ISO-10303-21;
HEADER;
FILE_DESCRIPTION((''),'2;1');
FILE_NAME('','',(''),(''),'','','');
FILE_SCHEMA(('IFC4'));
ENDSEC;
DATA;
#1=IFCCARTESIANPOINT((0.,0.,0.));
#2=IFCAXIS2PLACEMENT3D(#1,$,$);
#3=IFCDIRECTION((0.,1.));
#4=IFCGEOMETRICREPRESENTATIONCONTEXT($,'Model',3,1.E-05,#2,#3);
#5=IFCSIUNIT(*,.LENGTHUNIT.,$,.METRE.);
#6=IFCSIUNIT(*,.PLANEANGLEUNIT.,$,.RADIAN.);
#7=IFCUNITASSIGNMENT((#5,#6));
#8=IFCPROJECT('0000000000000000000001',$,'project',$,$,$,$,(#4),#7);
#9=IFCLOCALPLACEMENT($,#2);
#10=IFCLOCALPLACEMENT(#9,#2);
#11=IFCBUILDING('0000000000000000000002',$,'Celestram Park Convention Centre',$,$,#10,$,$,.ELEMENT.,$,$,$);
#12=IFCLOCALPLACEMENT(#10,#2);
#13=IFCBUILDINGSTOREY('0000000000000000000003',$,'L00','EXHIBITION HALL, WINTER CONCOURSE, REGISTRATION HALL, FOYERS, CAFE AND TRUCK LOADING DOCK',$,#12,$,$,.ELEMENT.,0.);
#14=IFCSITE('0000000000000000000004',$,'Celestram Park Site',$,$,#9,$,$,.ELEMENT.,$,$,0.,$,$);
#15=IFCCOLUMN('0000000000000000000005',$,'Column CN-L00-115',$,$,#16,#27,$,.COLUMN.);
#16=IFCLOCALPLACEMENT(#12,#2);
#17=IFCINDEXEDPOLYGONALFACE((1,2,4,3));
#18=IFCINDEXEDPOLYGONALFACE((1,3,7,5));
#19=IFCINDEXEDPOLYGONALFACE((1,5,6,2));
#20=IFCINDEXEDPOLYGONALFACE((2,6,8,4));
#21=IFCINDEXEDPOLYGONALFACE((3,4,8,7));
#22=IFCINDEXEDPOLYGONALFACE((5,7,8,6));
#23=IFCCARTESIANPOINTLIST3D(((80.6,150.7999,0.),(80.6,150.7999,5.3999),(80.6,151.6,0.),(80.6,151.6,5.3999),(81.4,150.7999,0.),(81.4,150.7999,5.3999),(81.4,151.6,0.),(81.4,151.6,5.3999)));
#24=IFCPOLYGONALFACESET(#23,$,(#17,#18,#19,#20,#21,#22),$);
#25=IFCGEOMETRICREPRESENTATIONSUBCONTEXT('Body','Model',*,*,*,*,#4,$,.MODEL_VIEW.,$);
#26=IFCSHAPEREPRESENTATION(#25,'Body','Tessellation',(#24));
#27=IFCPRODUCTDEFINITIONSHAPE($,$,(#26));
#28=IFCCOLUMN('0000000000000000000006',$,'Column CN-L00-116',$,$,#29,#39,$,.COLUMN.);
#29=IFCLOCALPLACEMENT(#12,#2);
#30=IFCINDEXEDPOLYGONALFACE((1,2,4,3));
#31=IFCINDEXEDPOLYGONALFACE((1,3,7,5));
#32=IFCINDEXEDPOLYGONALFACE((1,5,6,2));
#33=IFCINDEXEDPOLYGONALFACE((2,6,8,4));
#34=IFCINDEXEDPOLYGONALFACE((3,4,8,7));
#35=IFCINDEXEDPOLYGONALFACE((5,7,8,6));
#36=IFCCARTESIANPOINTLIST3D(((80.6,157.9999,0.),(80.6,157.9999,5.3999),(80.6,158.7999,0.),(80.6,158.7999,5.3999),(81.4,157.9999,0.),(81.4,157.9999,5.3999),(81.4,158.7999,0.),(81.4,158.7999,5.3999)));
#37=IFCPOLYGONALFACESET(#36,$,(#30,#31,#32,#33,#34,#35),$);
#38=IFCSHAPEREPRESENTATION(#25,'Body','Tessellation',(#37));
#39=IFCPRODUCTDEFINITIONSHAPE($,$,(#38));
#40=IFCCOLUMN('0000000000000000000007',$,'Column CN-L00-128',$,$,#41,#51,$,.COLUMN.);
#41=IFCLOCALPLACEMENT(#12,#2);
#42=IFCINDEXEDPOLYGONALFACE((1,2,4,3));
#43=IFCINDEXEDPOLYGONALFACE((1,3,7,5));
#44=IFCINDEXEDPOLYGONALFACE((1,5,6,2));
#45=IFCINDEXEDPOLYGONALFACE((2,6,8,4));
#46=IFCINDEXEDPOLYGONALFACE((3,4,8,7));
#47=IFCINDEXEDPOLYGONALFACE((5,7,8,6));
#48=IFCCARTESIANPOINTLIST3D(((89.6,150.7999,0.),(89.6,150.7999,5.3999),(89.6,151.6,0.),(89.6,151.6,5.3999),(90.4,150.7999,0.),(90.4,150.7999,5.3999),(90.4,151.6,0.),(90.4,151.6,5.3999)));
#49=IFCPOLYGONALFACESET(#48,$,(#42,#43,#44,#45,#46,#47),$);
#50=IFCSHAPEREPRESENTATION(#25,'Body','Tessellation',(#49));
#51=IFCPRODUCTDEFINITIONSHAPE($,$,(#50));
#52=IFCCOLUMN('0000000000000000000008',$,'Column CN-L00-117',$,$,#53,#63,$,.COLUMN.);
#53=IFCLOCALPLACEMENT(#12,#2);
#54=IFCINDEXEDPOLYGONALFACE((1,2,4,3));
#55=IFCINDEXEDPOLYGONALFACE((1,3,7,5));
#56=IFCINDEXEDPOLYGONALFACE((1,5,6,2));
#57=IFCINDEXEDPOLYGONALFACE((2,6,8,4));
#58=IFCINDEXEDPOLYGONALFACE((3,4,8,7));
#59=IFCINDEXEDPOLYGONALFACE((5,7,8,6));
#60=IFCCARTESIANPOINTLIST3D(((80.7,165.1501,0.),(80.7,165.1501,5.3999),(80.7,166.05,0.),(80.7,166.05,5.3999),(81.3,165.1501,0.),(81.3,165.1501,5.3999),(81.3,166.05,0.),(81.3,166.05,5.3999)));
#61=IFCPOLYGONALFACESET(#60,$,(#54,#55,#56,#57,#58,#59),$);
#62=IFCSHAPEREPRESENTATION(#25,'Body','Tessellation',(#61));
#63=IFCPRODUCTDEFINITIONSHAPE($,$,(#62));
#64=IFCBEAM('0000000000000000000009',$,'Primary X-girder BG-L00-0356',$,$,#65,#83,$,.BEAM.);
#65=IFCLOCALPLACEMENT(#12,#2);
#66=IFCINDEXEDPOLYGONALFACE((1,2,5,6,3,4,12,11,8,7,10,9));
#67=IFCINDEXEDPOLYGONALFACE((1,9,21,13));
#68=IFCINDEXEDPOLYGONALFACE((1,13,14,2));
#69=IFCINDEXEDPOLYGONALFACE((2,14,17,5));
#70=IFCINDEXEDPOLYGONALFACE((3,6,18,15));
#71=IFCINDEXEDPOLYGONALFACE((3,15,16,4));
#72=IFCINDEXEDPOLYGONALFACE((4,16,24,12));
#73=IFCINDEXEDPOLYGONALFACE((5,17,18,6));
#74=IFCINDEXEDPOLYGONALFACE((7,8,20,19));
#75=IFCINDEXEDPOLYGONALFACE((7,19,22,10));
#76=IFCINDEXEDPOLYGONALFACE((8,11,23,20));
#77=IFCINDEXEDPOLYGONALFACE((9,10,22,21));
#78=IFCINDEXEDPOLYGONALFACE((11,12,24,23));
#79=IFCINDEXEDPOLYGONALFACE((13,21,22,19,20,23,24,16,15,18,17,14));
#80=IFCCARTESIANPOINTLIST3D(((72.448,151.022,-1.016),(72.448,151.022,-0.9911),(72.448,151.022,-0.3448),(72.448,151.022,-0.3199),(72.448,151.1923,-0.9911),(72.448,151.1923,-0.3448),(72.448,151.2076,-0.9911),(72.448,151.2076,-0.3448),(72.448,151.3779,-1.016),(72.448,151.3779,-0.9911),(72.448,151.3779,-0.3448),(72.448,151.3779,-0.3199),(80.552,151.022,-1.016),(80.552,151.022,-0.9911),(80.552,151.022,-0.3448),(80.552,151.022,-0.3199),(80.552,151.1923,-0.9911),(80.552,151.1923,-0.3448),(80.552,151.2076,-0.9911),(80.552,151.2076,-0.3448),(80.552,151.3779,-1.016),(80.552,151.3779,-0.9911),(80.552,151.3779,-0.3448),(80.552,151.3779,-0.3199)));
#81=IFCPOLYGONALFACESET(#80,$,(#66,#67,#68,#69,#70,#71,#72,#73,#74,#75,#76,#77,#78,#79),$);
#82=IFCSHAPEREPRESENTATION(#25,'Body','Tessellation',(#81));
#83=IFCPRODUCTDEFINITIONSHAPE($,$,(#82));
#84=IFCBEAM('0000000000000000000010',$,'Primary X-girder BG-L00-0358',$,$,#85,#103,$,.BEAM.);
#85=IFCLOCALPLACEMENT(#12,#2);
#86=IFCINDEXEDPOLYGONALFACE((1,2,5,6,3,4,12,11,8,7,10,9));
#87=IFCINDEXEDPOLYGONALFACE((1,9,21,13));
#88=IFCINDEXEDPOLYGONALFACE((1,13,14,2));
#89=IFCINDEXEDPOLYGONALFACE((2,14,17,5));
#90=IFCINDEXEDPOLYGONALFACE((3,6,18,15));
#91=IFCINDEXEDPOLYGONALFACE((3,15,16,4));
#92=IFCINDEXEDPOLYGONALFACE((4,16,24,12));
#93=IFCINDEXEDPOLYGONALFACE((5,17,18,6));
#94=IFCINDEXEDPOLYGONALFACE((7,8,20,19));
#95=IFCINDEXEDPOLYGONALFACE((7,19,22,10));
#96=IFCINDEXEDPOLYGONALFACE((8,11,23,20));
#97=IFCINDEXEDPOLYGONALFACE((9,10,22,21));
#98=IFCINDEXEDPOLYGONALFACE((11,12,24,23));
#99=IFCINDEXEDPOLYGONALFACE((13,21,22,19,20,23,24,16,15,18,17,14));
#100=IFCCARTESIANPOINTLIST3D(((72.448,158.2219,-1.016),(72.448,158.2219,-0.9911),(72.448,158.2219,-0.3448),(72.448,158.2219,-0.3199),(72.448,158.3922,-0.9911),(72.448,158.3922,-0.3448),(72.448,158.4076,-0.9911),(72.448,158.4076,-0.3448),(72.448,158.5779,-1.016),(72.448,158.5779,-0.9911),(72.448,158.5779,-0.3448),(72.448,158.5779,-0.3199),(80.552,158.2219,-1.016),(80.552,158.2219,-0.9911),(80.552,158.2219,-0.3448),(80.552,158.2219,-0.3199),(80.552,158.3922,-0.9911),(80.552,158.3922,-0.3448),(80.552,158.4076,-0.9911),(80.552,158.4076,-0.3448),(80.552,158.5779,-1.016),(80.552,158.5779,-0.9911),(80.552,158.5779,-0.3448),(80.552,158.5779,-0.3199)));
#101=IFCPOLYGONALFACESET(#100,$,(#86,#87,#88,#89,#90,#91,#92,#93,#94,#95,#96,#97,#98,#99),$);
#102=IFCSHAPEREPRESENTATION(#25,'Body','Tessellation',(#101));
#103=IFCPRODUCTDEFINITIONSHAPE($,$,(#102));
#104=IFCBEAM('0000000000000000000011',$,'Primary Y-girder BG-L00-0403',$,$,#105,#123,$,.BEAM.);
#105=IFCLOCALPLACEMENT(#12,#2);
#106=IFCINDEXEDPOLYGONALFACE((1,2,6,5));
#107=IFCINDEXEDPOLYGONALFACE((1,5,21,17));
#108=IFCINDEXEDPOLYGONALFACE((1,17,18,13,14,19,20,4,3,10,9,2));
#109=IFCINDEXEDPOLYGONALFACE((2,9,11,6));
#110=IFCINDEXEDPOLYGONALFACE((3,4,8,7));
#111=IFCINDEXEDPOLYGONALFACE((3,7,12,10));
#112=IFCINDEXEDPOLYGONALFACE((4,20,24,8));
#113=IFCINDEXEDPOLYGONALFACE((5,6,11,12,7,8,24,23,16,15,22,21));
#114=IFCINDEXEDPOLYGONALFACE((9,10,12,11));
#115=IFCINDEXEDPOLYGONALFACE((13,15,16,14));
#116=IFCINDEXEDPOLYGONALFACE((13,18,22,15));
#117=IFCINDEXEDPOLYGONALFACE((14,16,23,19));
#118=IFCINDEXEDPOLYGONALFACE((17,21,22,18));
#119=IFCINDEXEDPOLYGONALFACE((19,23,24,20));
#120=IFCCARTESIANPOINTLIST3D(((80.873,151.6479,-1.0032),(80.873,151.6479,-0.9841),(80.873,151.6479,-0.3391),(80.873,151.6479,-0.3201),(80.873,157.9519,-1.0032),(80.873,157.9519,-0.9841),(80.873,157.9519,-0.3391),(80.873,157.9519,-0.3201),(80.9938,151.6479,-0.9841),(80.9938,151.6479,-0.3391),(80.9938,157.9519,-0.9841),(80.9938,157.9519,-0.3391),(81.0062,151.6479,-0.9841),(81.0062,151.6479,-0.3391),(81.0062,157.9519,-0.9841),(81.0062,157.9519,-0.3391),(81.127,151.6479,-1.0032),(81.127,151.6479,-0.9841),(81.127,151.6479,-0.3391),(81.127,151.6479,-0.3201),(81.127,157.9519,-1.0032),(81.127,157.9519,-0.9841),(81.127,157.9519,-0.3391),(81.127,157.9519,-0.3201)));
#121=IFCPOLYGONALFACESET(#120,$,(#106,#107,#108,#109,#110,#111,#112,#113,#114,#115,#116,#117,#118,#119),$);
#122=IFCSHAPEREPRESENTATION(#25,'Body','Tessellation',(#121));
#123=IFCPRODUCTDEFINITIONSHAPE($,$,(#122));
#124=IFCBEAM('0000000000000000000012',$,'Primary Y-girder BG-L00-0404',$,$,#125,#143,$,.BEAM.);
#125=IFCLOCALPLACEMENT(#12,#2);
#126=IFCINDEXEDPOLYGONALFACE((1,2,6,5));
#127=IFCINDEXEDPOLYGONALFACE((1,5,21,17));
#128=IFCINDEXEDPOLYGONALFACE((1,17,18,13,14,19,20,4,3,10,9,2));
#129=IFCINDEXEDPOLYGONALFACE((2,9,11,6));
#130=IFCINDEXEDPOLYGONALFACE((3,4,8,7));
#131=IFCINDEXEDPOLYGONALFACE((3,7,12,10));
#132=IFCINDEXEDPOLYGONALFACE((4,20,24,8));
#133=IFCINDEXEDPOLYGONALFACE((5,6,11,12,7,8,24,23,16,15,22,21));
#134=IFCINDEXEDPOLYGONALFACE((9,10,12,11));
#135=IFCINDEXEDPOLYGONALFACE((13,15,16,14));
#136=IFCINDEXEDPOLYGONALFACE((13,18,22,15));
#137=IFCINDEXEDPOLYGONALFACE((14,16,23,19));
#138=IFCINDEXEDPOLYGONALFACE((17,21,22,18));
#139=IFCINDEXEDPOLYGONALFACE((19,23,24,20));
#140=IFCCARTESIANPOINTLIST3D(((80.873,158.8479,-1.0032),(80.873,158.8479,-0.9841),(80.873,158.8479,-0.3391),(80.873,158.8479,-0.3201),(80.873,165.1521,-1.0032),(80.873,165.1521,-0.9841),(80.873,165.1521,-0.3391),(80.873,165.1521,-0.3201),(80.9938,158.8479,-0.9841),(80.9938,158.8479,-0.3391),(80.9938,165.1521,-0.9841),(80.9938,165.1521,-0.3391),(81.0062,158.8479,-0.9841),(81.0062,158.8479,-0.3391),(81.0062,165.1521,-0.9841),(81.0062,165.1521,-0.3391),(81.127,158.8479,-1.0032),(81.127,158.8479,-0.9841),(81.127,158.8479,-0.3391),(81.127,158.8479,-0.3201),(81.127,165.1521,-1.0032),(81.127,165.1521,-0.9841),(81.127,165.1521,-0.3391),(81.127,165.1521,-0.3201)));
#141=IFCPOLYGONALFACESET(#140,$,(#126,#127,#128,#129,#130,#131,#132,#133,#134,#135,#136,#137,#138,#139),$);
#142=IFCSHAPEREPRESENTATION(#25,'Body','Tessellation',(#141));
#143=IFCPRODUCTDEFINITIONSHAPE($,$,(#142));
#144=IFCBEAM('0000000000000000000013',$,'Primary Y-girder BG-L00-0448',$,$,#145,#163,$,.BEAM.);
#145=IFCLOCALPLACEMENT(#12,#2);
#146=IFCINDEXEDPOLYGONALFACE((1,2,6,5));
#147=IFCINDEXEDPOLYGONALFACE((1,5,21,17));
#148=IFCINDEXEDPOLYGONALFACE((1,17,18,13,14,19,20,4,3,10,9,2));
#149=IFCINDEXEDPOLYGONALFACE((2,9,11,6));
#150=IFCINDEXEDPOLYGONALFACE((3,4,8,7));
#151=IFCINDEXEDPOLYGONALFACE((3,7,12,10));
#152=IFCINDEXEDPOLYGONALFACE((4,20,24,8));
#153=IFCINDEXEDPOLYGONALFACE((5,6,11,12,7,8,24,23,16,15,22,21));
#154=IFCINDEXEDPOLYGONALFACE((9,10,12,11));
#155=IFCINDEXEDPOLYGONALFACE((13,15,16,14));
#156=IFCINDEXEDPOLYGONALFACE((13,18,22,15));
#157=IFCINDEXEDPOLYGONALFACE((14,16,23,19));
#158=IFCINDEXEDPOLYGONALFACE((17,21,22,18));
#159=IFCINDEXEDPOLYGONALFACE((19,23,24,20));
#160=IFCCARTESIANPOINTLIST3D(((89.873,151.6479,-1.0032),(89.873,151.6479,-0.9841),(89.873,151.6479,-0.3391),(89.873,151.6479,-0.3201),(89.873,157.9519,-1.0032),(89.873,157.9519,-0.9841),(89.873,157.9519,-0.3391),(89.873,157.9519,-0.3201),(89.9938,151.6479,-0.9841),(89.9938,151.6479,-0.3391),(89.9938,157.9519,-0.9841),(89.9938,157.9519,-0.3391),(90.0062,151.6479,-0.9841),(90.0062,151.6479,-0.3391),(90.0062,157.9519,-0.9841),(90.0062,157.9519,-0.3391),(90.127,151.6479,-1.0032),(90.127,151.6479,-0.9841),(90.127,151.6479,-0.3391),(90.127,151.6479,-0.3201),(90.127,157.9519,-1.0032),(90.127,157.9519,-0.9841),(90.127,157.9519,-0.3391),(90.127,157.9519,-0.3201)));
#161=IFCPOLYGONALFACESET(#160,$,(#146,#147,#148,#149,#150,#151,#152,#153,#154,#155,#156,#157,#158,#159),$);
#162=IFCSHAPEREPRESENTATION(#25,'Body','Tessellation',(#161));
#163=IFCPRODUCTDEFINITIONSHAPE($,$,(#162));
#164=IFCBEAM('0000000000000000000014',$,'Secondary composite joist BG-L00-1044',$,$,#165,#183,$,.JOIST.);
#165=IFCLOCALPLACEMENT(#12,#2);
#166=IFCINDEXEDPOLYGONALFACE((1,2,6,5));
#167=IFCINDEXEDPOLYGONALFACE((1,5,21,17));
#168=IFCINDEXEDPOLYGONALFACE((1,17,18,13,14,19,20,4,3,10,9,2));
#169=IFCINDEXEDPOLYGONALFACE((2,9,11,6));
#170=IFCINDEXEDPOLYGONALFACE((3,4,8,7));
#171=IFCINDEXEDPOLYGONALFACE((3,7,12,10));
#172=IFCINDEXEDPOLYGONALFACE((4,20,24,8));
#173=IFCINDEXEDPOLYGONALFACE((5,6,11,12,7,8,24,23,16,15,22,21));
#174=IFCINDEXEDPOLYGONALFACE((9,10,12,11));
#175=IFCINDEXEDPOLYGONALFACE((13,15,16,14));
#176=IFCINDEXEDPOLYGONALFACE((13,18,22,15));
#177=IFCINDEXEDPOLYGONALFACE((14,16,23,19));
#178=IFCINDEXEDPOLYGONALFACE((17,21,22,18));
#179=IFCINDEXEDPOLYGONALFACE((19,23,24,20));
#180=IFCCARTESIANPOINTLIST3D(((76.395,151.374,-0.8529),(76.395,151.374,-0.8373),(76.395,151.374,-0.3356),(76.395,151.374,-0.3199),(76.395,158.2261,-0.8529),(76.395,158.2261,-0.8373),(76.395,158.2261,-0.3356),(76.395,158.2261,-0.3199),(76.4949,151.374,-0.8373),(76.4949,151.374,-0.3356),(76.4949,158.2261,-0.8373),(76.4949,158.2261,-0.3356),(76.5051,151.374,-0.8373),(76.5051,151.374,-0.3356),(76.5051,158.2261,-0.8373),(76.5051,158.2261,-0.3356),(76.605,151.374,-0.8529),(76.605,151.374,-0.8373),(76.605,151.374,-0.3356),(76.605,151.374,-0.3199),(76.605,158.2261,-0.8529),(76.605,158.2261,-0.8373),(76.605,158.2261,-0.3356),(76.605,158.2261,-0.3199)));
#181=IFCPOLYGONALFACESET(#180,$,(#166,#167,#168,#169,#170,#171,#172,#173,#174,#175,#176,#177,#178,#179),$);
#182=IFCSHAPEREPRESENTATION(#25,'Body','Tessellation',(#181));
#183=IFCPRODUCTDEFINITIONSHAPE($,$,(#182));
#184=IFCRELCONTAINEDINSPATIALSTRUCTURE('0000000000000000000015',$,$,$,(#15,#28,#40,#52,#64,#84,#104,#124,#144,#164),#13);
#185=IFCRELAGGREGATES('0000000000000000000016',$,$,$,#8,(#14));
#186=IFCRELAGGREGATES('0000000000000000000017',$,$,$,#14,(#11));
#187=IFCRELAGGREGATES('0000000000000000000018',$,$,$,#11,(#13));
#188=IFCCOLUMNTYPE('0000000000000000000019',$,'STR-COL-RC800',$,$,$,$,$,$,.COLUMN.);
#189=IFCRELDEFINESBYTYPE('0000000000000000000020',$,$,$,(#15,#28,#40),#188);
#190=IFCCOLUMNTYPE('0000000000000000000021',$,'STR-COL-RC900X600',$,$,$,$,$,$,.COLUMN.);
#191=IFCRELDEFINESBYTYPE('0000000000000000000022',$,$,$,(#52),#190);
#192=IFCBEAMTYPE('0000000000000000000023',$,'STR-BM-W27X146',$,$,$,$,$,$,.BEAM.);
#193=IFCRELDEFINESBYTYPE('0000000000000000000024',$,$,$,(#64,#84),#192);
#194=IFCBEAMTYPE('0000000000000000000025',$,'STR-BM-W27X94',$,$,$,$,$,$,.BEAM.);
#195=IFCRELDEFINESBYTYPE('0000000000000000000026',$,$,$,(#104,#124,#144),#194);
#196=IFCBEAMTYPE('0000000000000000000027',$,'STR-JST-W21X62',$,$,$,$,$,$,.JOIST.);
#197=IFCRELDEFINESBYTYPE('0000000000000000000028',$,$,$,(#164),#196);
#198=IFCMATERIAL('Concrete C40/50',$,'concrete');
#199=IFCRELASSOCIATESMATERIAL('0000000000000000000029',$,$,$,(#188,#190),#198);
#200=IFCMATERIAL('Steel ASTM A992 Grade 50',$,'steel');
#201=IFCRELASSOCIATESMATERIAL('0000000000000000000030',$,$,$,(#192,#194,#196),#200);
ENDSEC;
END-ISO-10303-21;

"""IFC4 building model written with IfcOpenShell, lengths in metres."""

from ifc_helpers import new_model, si_unit, direction, frame, origin, origin_2d, place, context, subcontext, project, spatial, rectangle, i_section, extrude, material, material_profile, profile_set, type_object, element, save


model = new_model("IFC4")

# Units and contexts
model_context = context("Model", 3, precision=1e-05, world=origin(), true_north=direction((0.0, 1.0)))
body_context = subcontext(model_context, "Body", "Model", "MODEL_VIEW")
ifc_project = project(units=[si_unit("LENGTHUNIT", "METRE"), si_unit("PLANEANGLEUNIT", "RADIAN")], contexts=[model_context])

# Site, building, storey
site_placement = place(None, origin())
site = spatial("IfcSite", under=ifc_project, at=site_placement, Name="Celestram Park Site", CompositionType="ELEMENT", RefElevation=0.0)
building_placement = place(site_placement, origin())
building = spatial("IfcBuilding", under=site, at=building_placement, Name="Celestram Park Convention Centre", CompositionType="ELEMENT")
storey_placement = place(building_placement, origin())
storey = spatial("IfcBuildingStorey", under=building, at=storey_placement, Name="L00", Description="EXHIBITION HALL, WINTER CONCOURSE, REGISTRATION HALL, FOYERS, CAFE AND TRUCK LOADING DOCK", CompositionType="ELEMENT", Elevation=0.0)

# Columns
ifc_material_1 = material(Name="Concrete C40/50", Category="concrete")
ifc_material_profile_1 = material_profile(ifc_material_1, rectangle(XDim=0.8, YDim=0.8, at=origin_2d()), Name="RC800X800")
ifc_profile_set_1 = profile_set([ifc_material_profile_1], Name="Concrete C40/50")
column_type_1 = type_object("IfcColumnType", Name="STR-COL-RC800", PredefinedType="COLUMN", material=ifc_profile_set_1)
for number, where, z_axis, x_axis, name in (
    (1, (81.0, 151.2, 0.0), (0.0, 0.0, 1.0), (1.0, 0.0, 0.0), "Column CN-L00-115"),
    (2, (81.0, 158.3999, 0.0), (0.0, 0.0, 1.0), (1.0, 0.0, 0.0), "Column CN-L00-116"),
    (3, (90.0, 151.2, 0.0), (0.0, 0.0, 1.0), (1.0, 0.0, 0.0), "Column CN-L00-128"),
):
    element("IfcColumn", number, at=place(storey_placement, frame(where, z_axis=z_axis, x_axis=x_axis)), inside=storey, type_object=column_type_1, Name=name, PredefinedType="COLUMN", context=body_context, shape_type="SweptSolid", body=[
        extrude(rectangle(XDim=0.8, YDim=0.8, at=origin_2d()), origin(), (0.0, 0.0, 1.0), 5.3999),
    ])
ifc_material_profile_2 = material_profile(ifc_material_1, rectangle(XDim=0.6001, YDim=0.8999, at=origin_2d()), Name="RC900X600")
ifc_profile_set_2 = profile_set([ifc_material_profile_2], Name="Concrete C40/50")
column_type_2 = type_object("IfcColumnType", Name="STR-COL-RC900X600", PredefinedType="COLUMN", material=ifc_profile_set_2)
column_placement = place(storey_placement, frame((81.0, 165.6001, 0.0), z_axis=(0.0, 0.0, 1.0), x_axis=(1.0, 0.0, 0.0)))
element("IfcColumn", 4, at=column_placement, inside=storey, type_object=column_type_2, Name="Column CN-L00-117", PredefinedType="COLUMN", context=body_context, shape_type="SweptSolid", body=[
    extrude(rectangle(XDim=0.6001, YDim=0.8999, at=origin_2d()), origin(), (0.0, 0.0, 1.0), 5.3999),
])

# Beams
ifc_material_2 = material(Name="Steel ASTM A992 Grade 50", Category="steel")
ifc_material_profile_3 = material_profile(ifc_material_2, i_section(OverallWidth=0.356, OverallDepth=0.696, WebThickness=0.0154, FlangeThickness=0.0249, at=origin_2d()), Name="W27X146")
ifc_profile_set_3 = profile_set([ifc_material_profile_3], Name="Steel ASTM A992 Grade 50")
beam_type_1 = type_object("IfcBeamType", Name="STR-BM-W27X146", PredefinedType="BEAM", material=ifc_profile_set_3)
for number, where, z_axis, x_axis, name in (
    (5, (72.448, 151.2, -0.668), (1.0, 0.0, 0.0), (0.0, 1.0, 0.0), "Primary X-girder BG-L00-0356"),
    (6, (72.448, 158.3999, -0.668), (1.0, 0.0, 0.0), (0.0, 1.0, 0.0), "Primary X-girder BG-L00-0358"),
):
    element("IfcBeam", number, at=place(storey_placement, frame(where, z_axis=z_axis, x_axis=x_axis)), inside=storey, type_object=beam_type_1, Name=name, PredefinedType="BEAM", context=body_context, shape_type="SweptSolid", body=[
        extrude(i_section(OverallWidth=0.356, OverallDepth=0.696, WebThickness=0.0154, FlangeThickness=0.0249, at=origin_2d()), origin(), (0.0, 0.0, 1.0), 8.104),
    ])
ifc_material_profile_4 = material_profile(ifc_material_2, i_section(OverallWidth=0.2539, OverallDepth=0.6831, WebThickness=0.0125, FlangeThickness=0.019, at=origin_2d()), Name="W27X94")
ifc_profile_set_4 = profile_set([ifc_material_profile_4], Name="Steel ASTM A992 Grade 50")
beam_type_2 = type_object("IfcBeamType", Name="STR-BM-W27X94", PredefinedType="BEAM", material=ifc_profile_set_4)
beam_1_placement = place(storey_placement, frame((81.0, 151.6479, -0.6616), z_axis=(0.0, 1.0, 0.0), x_axis=(-1.0, 0.0, 0.0)))
element("IfcBeam", 7, at=beam_1_placement, inside=storey, type_object=beam_type_2, Name="Primary Y-girder BG-L00-0403", PredefinedType="BEAM", context=body_context, shape_type="SweptSolid", body=[
    extrude(i_section(OverallWidth=0.2539, OverallDepth=0.6831, WebThickness=0.0125, FlangeThickness=0.019, at=origin_2d()), origin(), (0.0, 0.0, 1.0), 6.304),
])
beam_2_placement = place(storey_placement, frame((81.0, 158.8479, -0.6616), z_axis=(0.0, 1.0, 0.0), x_axis=(-1.0, 0.0, 0.0)))
element("IfcBeam", 8, at=beam_2_placement, inside=storey, type_object=beam_type_2, Name="Primary Y-girder BG-L00-0404", PredefinedType="BEAM", context=body_context, shape_type="SweptSolid", body=[
    extrude(i_section(OverallWidth=0.2539, OverallDepth=0.6831, WebThickness=0.0125, FlangeThickness=0.019, at=origin_2d()), origin(), (0.0, 0.0, 1.0), 6.3042),
])
beam_3_placement = place(storey_placement, frame((90.0, 151.6479, -0.6616), z_axis=(0.0, 1.0, 0.0), x_axis=(-1.0, 0.0, 0.0)))
element("IfcBeam", 9, at=beam_3_placement, inside=storey, type_object=beam_type_2, Name="Primary Y-girder BG-L00-0448", PredefinedType="BEAM", context=body_context, shape_type="SweptSolid", body=[
    extrude(i_section(OverallWidth=0.2539, OverallDepth=0.6831, WebThickness=0.0125, FlangeThickness=0.019, at=origin_2d()), origin(), (0.0, 0.0, 1.0), 6.304),
])
ifc_material_profile_5 = material_profile(ifc_material_2, i_section(OverallWidth=0.21, OverallDepth=0.533, WebThickness=0.0103, FlangeThickness=0.0156, at=origin_2d()), Name="W21X62")
ifc_profile_set_5 = profile_set([ifc_material_profile_5], Name="Steel ASTM A992 Grade 50")
beam_type_3 = type_object("IfcBeamType", Name="STR-JST-W21X62", PredefinedType="JOIST", material=ifc_profile_set_5)
beam_4_placement = place(storey_placement, frame((76.5, 151.374, -0.5864), z_axis=(0.0, 1.0, 0.0), x_axis=(-1.0, 0.0, 0.0)))
element("IfcBeam", 10, at=beam_4_placement, inside=storey, type_object=beam_type_3, Name="Secondary composite joist BG-L00-1044", PredefinedType="JOIST", context=body_context, shape_type="SweptSolid", body=[
    extrude(i_section(OverallWidth=0.21, OverallDepth=0.533, WebThickness=0.0103, FlangeThickness=0.0156, at=origin_2d()), origin(), (0.0, 0.0, 1.0), 6.8521),
])

save(model, "model.ifc")
